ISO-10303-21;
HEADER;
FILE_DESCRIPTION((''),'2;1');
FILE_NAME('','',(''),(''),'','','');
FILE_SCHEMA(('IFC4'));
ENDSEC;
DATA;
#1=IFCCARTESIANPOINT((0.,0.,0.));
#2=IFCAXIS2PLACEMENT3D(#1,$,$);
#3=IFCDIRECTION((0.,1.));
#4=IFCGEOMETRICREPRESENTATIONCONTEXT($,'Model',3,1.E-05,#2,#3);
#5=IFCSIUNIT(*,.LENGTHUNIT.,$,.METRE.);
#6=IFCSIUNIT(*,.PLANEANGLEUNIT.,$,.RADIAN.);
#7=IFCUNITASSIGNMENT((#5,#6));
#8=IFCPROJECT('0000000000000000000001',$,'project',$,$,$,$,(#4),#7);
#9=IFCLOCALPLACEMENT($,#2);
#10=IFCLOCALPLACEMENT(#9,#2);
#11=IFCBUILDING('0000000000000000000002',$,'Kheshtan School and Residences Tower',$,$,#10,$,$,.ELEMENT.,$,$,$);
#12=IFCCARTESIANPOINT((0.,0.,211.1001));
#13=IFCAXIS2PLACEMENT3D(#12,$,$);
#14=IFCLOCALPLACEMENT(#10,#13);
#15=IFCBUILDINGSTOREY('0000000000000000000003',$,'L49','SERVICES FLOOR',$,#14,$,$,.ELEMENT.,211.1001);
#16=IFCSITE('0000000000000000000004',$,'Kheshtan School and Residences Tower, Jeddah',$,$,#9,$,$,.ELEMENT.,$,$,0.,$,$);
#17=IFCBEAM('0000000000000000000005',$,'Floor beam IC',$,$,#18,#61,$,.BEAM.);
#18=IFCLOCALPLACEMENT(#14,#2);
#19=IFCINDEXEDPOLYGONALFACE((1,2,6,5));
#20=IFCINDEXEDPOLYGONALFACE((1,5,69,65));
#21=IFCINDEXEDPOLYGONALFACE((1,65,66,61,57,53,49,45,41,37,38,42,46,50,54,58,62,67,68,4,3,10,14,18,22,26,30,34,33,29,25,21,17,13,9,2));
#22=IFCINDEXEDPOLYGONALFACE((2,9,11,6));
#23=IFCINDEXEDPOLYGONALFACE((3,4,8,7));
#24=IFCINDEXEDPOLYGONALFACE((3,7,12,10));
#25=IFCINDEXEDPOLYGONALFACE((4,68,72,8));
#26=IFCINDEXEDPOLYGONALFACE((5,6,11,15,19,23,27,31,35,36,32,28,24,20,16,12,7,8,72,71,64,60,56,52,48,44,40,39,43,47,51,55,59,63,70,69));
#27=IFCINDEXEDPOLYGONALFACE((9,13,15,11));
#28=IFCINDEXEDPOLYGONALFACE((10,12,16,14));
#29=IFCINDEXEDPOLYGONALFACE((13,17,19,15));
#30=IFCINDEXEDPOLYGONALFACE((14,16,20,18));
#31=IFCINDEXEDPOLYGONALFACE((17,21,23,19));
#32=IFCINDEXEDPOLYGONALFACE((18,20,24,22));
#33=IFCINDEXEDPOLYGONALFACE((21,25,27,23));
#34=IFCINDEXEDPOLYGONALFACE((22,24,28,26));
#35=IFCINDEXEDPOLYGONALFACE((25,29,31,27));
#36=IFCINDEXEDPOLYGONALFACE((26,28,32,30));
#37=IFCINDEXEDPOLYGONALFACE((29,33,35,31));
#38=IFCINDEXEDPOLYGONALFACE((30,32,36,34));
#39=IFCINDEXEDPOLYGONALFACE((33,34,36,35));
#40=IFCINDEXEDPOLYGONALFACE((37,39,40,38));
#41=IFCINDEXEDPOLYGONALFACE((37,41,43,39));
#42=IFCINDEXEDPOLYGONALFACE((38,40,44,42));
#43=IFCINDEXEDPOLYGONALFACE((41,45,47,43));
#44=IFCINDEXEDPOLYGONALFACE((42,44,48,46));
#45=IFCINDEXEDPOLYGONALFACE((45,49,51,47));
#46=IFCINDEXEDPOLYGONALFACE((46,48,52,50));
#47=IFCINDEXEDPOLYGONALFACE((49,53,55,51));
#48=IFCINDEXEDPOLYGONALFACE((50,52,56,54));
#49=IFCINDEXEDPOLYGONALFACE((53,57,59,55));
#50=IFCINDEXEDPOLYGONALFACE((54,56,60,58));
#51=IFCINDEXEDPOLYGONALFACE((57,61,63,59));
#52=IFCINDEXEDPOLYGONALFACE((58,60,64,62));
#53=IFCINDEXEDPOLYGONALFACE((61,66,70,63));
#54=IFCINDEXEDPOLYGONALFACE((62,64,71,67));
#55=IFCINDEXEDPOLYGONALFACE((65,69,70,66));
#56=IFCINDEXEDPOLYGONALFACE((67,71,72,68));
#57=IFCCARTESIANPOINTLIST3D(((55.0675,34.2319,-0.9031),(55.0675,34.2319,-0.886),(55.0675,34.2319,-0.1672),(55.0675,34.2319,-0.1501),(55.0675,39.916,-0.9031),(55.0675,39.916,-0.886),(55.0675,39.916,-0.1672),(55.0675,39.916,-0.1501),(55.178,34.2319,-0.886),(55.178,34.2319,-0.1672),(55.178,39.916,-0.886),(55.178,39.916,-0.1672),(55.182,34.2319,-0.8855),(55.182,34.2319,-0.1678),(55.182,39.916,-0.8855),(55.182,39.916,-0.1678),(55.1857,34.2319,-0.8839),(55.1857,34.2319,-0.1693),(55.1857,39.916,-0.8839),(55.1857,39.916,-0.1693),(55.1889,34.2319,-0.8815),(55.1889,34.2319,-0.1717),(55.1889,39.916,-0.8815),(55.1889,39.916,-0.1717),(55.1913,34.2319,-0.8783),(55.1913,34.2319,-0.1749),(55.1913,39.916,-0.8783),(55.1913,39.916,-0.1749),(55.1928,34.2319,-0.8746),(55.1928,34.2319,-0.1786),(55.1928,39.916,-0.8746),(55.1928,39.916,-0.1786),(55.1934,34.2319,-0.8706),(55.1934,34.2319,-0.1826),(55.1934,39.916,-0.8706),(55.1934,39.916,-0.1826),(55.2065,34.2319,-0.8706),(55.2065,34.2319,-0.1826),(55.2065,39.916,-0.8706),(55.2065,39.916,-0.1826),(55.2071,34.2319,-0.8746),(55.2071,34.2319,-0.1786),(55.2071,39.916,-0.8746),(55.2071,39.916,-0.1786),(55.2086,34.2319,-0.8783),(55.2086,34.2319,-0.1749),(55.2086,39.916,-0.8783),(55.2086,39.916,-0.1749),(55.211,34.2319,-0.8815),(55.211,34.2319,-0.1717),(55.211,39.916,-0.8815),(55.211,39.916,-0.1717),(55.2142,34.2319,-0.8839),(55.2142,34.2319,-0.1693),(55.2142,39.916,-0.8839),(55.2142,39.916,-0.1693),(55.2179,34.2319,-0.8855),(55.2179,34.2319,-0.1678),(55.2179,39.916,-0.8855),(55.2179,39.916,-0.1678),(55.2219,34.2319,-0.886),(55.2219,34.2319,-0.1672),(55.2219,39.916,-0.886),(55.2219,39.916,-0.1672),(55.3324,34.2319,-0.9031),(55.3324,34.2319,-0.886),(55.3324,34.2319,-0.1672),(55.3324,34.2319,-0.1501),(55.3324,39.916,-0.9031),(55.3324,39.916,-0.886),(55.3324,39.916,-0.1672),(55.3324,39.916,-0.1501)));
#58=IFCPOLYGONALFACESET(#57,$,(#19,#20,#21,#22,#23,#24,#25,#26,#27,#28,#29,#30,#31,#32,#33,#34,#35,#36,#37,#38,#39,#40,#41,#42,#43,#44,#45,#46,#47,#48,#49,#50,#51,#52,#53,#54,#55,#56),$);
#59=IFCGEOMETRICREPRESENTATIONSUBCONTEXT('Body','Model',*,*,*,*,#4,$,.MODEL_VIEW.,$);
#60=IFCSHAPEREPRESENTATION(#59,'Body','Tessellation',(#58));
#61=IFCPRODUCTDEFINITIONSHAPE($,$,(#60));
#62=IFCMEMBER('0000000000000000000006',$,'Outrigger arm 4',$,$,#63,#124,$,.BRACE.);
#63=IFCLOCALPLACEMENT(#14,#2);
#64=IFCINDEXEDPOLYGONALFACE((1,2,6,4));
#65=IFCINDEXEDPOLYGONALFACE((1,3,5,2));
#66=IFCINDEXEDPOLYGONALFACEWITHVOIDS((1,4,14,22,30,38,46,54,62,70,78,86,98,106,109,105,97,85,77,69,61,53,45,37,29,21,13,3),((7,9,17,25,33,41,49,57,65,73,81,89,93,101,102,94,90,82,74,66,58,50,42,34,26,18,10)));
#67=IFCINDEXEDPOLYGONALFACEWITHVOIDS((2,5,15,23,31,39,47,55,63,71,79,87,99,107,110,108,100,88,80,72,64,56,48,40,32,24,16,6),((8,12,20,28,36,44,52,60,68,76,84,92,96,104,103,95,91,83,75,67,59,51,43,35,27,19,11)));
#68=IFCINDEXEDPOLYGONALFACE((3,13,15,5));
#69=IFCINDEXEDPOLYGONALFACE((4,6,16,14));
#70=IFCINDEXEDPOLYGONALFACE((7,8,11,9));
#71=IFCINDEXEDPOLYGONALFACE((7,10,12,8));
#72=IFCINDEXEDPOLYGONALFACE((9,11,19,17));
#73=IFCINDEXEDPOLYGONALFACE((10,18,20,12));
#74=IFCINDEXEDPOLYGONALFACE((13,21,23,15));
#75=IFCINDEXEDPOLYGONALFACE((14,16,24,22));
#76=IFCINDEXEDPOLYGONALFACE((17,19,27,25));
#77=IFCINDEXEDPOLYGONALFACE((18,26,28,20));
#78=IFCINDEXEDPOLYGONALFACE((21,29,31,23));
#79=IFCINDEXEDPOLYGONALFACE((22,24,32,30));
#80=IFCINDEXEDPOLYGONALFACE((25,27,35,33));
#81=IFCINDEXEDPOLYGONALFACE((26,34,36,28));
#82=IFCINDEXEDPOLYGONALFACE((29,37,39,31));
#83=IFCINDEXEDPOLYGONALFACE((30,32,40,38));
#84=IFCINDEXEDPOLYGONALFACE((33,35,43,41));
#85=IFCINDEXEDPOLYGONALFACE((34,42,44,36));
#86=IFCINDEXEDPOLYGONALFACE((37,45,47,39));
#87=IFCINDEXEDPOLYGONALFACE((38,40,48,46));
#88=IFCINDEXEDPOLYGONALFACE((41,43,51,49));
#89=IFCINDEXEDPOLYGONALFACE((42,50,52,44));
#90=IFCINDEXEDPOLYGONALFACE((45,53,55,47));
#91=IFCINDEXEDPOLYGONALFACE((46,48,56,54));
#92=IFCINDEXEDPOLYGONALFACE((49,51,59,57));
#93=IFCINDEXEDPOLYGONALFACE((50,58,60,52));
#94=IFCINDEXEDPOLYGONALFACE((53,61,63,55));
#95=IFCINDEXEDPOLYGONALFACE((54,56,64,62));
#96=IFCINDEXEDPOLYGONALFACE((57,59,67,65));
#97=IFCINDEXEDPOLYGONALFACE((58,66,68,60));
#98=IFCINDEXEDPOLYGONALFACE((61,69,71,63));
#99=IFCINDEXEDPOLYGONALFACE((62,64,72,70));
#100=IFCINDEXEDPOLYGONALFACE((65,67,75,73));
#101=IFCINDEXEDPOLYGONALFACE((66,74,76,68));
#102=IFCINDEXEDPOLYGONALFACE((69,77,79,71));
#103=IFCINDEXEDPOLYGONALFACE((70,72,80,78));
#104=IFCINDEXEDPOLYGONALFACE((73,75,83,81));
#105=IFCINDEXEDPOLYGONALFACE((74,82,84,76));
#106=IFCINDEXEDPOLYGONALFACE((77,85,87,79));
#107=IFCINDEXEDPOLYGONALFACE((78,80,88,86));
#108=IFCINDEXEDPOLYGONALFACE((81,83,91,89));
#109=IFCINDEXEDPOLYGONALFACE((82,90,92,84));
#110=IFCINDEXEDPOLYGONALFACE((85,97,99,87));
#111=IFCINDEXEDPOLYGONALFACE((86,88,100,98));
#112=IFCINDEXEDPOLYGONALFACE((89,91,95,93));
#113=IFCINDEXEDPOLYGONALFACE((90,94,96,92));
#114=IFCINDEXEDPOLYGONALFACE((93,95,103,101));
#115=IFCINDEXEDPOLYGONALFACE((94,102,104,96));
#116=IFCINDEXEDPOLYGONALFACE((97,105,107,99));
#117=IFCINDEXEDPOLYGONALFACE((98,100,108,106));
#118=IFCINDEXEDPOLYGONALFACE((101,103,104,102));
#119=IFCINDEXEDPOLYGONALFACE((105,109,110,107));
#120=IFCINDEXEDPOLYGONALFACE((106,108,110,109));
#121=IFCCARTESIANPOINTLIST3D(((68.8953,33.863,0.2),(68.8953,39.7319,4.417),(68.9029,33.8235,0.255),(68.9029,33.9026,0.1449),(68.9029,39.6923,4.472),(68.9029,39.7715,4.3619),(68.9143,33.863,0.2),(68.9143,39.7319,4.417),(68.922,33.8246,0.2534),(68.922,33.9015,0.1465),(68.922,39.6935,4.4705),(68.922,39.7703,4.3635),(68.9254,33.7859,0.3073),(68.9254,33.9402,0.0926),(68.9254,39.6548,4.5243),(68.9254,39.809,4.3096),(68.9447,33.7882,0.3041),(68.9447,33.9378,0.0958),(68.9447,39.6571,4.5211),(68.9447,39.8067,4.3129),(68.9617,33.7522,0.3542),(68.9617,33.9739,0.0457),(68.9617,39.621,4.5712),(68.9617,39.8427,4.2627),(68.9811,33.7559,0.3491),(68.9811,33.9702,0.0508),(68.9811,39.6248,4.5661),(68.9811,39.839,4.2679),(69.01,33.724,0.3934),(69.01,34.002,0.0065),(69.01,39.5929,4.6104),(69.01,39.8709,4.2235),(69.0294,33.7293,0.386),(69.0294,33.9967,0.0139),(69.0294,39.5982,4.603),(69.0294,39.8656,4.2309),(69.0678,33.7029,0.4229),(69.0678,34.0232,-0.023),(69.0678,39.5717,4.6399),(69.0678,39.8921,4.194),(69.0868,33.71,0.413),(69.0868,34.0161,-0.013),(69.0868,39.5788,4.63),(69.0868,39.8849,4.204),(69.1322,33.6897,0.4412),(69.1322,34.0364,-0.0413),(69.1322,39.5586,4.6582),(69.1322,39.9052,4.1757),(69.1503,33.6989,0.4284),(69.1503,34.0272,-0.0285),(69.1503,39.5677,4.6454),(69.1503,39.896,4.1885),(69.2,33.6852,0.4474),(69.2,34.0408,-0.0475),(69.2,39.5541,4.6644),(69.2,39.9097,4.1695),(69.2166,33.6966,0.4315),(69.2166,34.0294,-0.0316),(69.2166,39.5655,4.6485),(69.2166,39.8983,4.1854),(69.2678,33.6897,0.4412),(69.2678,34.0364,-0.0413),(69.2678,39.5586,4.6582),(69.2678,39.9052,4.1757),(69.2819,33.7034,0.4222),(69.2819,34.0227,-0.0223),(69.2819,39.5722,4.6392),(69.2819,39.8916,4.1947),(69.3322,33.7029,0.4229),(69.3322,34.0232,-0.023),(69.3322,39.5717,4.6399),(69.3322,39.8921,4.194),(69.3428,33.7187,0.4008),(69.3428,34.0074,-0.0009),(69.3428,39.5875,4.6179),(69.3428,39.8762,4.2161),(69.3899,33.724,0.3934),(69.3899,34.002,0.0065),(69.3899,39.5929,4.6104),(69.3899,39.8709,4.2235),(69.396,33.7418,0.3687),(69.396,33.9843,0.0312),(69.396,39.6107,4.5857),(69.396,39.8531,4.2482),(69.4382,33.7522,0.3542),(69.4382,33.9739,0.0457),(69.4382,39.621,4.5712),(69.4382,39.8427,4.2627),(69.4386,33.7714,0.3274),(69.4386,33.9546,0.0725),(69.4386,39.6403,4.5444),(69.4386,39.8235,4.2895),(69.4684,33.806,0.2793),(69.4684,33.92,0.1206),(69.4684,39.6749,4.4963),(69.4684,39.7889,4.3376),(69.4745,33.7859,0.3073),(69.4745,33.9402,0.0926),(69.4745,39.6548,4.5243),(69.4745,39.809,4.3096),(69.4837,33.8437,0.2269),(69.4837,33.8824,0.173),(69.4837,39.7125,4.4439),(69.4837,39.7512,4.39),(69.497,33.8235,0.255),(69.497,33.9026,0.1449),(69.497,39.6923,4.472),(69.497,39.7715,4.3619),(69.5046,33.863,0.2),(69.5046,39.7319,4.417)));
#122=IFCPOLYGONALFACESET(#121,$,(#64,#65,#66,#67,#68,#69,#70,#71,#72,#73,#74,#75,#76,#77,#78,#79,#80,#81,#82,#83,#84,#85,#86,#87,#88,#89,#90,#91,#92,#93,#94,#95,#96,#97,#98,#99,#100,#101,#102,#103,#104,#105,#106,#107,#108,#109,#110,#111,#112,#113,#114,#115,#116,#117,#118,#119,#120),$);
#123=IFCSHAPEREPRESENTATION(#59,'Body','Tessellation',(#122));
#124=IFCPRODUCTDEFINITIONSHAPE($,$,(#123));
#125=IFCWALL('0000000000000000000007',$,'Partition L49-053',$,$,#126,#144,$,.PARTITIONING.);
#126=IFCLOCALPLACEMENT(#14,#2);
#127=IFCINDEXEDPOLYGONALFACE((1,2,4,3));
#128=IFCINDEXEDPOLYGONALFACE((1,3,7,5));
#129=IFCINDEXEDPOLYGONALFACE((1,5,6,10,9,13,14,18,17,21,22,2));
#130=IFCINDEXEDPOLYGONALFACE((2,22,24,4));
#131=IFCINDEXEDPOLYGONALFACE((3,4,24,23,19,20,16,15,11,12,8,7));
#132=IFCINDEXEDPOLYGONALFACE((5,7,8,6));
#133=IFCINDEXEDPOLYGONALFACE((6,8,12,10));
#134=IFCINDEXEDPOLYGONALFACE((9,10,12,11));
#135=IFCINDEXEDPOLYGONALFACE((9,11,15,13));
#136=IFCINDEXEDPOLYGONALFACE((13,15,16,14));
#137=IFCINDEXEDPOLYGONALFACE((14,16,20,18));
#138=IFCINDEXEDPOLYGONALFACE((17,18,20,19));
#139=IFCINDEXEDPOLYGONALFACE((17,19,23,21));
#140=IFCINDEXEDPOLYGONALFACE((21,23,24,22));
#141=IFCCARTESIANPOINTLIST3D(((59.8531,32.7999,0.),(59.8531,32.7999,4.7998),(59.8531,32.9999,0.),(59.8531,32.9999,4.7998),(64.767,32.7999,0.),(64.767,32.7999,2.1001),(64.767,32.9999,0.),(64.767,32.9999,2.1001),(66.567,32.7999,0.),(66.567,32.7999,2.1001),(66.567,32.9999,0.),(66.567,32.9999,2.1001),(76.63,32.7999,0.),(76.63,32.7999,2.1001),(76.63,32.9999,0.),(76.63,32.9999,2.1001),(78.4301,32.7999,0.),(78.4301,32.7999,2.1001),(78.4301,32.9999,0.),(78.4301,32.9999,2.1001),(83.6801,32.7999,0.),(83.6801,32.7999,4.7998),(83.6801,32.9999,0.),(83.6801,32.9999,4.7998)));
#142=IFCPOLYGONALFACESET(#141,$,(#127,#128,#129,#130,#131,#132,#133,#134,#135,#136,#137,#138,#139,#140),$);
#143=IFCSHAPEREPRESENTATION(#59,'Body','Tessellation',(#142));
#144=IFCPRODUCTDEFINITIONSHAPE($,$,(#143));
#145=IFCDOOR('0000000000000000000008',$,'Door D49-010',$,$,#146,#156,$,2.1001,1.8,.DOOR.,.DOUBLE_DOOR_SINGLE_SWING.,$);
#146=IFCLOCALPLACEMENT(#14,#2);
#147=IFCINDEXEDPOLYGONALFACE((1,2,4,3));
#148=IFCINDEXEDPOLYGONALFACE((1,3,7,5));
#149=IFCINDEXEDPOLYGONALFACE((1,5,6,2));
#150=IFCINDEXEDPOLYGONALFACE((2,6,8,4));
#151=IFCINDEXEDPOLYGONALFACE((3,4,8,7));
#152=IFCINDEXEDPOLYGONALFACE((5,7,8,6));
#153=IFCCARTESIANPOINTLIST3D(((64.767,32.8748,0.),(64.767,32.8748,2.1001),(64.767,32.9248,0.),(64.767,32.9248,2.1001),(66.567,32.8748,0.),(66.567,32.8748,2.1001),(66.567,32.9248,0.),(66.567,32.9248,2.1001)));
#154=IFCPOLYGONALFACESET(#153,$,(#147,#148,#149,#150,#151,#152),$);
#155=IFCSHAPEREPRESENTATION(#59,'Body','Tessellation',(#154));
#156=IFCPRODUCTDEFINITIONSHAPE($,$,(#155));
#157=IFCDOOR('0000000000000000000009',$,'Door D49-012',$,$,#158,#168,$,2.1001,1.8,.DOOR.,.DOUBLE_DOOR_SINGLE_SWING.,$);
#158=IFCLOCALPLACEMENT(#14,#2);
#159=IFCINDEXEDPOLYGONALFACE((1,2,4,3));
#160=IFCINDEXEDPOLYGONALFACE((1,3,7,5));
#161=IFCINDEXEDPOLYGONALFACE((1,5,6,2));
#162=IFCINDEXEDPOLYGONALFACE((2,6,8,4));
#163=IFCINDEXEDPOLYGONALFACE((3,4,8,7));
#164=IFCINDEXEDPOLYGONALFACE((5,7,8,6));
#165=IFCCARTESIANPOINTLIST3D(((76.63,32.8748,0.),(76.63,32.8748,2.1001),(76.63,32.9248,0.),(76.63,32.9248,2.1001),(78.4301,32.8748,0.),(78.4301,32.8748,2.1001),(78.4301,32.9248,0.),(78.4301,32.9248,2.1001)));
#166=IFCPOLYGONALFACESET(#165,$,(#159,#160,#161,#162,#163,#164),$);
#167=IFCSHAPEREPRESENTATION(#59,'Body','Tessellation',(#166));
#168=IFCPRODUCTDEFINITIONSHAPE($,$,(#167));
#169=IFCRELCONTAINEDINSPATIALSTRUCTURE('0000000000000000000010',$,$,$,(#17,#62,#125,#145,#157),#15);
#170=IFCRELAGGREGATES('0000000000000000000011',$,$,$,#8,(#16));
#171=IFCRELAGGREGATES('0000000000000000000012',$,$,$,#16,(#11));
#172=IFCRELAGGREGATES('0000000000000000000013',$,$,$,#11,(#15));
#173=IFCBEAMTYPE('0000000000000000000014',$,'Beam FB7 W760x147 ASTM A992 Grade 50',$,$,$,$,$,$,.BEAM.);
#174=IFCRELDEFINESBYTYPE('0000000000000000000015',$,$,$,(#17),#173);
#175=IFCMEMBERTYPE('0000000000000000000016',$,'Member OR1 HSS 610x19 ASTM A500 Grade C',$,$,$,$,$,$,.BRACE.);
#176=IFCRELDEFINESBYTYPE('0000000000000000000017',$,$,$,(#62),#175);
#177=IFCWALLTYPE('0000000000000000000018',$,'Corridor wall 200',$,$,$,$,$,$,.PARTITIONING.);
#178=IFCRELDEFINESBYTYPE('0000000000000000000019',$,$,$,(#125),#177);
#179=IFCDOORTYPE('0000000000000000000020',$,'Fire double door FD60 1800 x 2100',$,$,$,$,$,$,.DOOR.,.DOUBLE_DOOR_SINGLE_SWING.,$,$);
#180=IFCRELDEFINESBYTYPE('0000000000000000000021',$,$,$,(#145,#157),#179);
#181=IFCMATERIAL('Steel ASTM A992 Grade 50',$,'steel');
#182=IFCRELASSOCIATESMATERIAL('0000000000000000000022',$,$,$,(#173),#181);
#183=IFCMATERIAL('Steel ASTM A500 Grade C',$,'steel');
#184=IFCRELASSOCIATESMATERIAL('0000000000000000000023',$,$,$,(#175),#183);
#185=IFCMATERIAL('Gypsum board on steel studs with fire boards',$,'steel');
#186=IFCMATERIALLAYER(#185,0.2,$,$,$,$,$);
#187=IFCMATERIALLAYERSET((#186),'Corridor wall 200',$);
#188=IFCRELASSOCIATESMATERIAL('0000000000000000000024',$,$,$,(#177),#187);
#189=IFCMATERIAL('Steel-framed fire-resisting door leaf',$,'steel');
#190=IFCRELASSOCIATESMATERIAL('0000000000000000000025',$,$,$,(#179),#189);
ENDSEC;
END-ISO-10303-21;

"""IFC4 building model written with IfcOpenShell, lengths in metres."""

from ifc_helpers import new_model, si_unit, direction, frame, frame_2d, origin, origin_2d, place, context, subcontext, project, spatial, rectangle, hollow_circle, i_section, extrude, source, transform, mapped, material, layer, layer_set, material_profile, profile_set, type_object, element, fill, save


model = new_model("IFC4")

# Units and contexts
model_context = context("Model", 3, precision=1e-05, world=origin(), true_north=direction((0.0, 1.0)))
body_context = subcontext(model_context, "Body", "Model", "MODEL_VIEW")
ifc_project = project(units=[si_unit("LENGTHUNIT", "METRE"), si_unit("PLANEANGLEUNIT", "RADIAN")], contexts=[model_context])

# Site, building, storey
site_placement = place(None, origin())
site = spatial("IfcSite", under=ifc_project, at=site_placement, Name="Kheshtan School and Residences Tower, Jeddah", CompositionType="ELEMENT", RefElevation=0.0)
building_placement = place(site_placement, origin())
building = spatial("IfcBuilding", under=site, at=building_placement, Name="Kheshtan School and Residences Tower", CompositionType="ELEMENT")
storey_placement = place(building_placement, frame((0.0, 0.0, 211.1001)))
storey = spatial("IfcBuildingStorey", under=building, at=storey_placement, Name="L49", Description="SERVICES FLOOR", CompositionType="ELEMENT", Elevation=211.1001)

# Shared definitions
ifc_material_1 = material(Name="Steel ASTM A500 Grade C", Category="steel")

# Beam
ifc_material_2 = material(Name="Steel ASTM A992 Grade 50", Category="steel")
ifc_material_profile_1 = material_profile(ifc_material_2, i_section(OverallWidth=0.2649, OverallDepth=0.7529, WebThickness=0.0132, FlangeThickness=0.0171, FilletRadius=0.0154, at=origin_2d()), Name="W760x147")
ifc_profile_set_1 = profile_set([ifc_material_profile_1], Name="Steel ASTM A992 Grade 50")
beam_type = type_object("IfcBeamType", Name="Beam FB7 W760x147 ASTM A992 Grade 50", PredefinedType="BEAM", material=ifc_profile_set_1)
beam_1_placement = place(storey_placement, frame((55.2, 34.2319, -0.5266), z_axis=(0.0, 1.0, 0.0), x_axis=(-1.0, 0.0, 0.0)))
element("IfcBeam", 1, at=beam_1_placement, inside=storey, type_object=beam_type, Name="Floor beam IC", PredefinedType="BEAM", context=body_context, shape_type="SweptSolid", body=[
    extrude(i_section(OverallWidth=0.2649, OverallDepth=0.7529, WebThickness=0.0132, FlangeThickness=0.0171, FilletRadius=0.0154, at=origin_2d()), origin(), (0.0, 0.0, 1.0), 5.6841),
])

# Member
ifc_material_profile_2 = material_profile(ifc_material_1, hollow_circle(Radius=0.3047, WallThickness=0.019, at=origin_2d()), Name="HSS 610x19")
ifc_profile_set_2 = profile_set([ifc_material_profile_2], Name="Steel ASTM A500 Grade C")
member_type = type_object("IfcMemberType", Name="Member OR1 HSS 610x19 ASTM A500 Grade C", PredefinedType="BRACE", material=ifc_profile_set_2)
member_placement = place(storey_placement, frame((69.2, 33.863, 0.2), z_axis=(0.0, 0.812096, 0.583524), x_axis=(-1.0, 0.0, 0.0)))
element("IfcMember", 2, at=member_placement, inside=storey, type_object=member_type, Name="Outrigger arm 4", PredefinedType="BRACE", context=body_context, shape_type="SweptSolid", body=[
    extrude(hollow_circle(Radius=0.3047, WallThickness=0.019, at=origin_2d()), origin(), (0.0, 0.0, 1.0), 7.2268),
])

# Wall, openings, doors
ifc_material_3 = material(Name="Gypsum board on steel studs with fire boards", Category="steel")
ifc_layer_1 = layer(ifc_material_3, 0.2)
ifc_layer_set_1 = layer_set([ifc_layer_1], Name="Corridor wall 200")
wall_type_1 = type_object("IfcWallType", Name="Corridor wall 200", PredefinedType="PARTITIONING", material=ifc_layer_set_1)
wall_1_placement = place(storey_placement, frame((59.853, 32.8999, 0.0), z_axis=(0.0, 0.0, 1.0), x_axis=(1.0, 0.0, 0.0)))
wall_1 = element("IfcWall", 3, at=wall_1_placement, inside=storey, type_object=wall_type_1, Name="Partition L49-053", PredefinedType="PARTITIONING", context=body_context, shape_type="SweptSolid", body=[
    extrude(rectangle(XDim=23.8269, YDim=0.2, at=frame_2d((11.9136, 0.0))), origin(), (0.0, 0.0, 1.0), 4.7998),
])
opening_1_placement = place(wall_1_placement, frame((4.9141, 0.0, 0.0)))
opening_1 = element("IfcOpeningElement", 4, at=opening_1_placement, cuts=wall_1, PredefinedType="OPENING", context=body_context, shape_type="SweptSolid", body=[
    extrude(rectangle(XDim=1.8, YDim=2.1001, at=frame_2d((0.8999, 1.05))), frame((0.0, 0.1099, 0.0), z_axis=(0.0, -1.0, 0.0), x_axis=(1.0, 0.0, 0.0)), (0.0, 0.0, 1.0), 0.22),
])
opening_2_placement = place(wall_1_placement, frame((16.7771, 0.0, 0.0)))
opening_2 = element("IfcOpeningElement", 5, at=opening_2_placement, cuts=wall_1, PredefinedType="OPENING", context=body_context, shape_type="SweptSolid", body=[
    extrude(rectangle(XDim=1.8, YDim=2.1001, at=frame_2d((0.8999, 1.05))), frame((0.0, 0.1099, 0.0), z_axis=(0.0, -1.0, 0.0), x_axis=(1.0, 0.0, 0.0)), (0.0, 0.0, 1.0), 0.22),
])
ifc_material_4 = material(Name="Steel-framed fire-resisting door leaf", Category="steel")
door_type_1 = type_object("IfcDoorType", Name="Fire double door FD60 1800 x 2100", OperationType="DOUBLE_DOOR_SINGLE_SWING", PredefinedType="DOOR", material=ifc_material_4)
shared_shape_1 = source(origin(), body_context, "Body", "SweptSolid", [
    extrude(rectangle(XDim=1.8, YDim=2.1001, at=frame_2d((0.8999, 1.05))), frame((0.0, 0.0249, 0.0), z_axis=(0.0, -1.0, 0.0), x_axis=(1.0, 0.0, 0.0)), (0.0, 0.0, 1.0), 0.05),
])
door_1_placement = place(opening_1_placement, origin())
door_1 = element("IfcDoor", 6, at=door_1_placement, inside=storey, type_object=door_type_1, Name="Door D49-010", OperationType="DOUBLE_DOOR_SINGLE_SWING", OverallHeight=2.1001, OverallWidth=1.8, PredefinedType="DOOR", context=body_context, shape_type="MappedRepresentation", body=[
    mapped(shared_shape_1, transform((0.0, 0.0, 0.0), x_axis=(1.0, 0.0, 0.0), y_axis=(0.0, 1.0, 0.0), z_axis=(0.0, 0.0, 1.0), scale=1.0)),
])
fill(opening_1, door_1)
door_2_placement = place(opening_2_placement, origin())
door_2 = element("IfcDoor", 7, at=door_2_placement, inside=storey, type_object=door_type_1, Name="Door D49-012", OperationType="DOUBLE_DOOR_SINGLE_SWING", OverallHeight=2.1001, OverallWidth=1.8, PredefinedType="DOOR", context=body_context, shape_type="MappedRepresentation", body=[
    mapped(shared_shape_1, transform((0.0, 0.0, 0.0), x_axis=(1.0, 0.0, 0.0), y_axis=(0.0, 1.0, 0.0), z_axis=(0.0, 0.0, 1.0), scale=1.0)),
])
fill(opening_2, door_2)

save(model, "model.ifc")
